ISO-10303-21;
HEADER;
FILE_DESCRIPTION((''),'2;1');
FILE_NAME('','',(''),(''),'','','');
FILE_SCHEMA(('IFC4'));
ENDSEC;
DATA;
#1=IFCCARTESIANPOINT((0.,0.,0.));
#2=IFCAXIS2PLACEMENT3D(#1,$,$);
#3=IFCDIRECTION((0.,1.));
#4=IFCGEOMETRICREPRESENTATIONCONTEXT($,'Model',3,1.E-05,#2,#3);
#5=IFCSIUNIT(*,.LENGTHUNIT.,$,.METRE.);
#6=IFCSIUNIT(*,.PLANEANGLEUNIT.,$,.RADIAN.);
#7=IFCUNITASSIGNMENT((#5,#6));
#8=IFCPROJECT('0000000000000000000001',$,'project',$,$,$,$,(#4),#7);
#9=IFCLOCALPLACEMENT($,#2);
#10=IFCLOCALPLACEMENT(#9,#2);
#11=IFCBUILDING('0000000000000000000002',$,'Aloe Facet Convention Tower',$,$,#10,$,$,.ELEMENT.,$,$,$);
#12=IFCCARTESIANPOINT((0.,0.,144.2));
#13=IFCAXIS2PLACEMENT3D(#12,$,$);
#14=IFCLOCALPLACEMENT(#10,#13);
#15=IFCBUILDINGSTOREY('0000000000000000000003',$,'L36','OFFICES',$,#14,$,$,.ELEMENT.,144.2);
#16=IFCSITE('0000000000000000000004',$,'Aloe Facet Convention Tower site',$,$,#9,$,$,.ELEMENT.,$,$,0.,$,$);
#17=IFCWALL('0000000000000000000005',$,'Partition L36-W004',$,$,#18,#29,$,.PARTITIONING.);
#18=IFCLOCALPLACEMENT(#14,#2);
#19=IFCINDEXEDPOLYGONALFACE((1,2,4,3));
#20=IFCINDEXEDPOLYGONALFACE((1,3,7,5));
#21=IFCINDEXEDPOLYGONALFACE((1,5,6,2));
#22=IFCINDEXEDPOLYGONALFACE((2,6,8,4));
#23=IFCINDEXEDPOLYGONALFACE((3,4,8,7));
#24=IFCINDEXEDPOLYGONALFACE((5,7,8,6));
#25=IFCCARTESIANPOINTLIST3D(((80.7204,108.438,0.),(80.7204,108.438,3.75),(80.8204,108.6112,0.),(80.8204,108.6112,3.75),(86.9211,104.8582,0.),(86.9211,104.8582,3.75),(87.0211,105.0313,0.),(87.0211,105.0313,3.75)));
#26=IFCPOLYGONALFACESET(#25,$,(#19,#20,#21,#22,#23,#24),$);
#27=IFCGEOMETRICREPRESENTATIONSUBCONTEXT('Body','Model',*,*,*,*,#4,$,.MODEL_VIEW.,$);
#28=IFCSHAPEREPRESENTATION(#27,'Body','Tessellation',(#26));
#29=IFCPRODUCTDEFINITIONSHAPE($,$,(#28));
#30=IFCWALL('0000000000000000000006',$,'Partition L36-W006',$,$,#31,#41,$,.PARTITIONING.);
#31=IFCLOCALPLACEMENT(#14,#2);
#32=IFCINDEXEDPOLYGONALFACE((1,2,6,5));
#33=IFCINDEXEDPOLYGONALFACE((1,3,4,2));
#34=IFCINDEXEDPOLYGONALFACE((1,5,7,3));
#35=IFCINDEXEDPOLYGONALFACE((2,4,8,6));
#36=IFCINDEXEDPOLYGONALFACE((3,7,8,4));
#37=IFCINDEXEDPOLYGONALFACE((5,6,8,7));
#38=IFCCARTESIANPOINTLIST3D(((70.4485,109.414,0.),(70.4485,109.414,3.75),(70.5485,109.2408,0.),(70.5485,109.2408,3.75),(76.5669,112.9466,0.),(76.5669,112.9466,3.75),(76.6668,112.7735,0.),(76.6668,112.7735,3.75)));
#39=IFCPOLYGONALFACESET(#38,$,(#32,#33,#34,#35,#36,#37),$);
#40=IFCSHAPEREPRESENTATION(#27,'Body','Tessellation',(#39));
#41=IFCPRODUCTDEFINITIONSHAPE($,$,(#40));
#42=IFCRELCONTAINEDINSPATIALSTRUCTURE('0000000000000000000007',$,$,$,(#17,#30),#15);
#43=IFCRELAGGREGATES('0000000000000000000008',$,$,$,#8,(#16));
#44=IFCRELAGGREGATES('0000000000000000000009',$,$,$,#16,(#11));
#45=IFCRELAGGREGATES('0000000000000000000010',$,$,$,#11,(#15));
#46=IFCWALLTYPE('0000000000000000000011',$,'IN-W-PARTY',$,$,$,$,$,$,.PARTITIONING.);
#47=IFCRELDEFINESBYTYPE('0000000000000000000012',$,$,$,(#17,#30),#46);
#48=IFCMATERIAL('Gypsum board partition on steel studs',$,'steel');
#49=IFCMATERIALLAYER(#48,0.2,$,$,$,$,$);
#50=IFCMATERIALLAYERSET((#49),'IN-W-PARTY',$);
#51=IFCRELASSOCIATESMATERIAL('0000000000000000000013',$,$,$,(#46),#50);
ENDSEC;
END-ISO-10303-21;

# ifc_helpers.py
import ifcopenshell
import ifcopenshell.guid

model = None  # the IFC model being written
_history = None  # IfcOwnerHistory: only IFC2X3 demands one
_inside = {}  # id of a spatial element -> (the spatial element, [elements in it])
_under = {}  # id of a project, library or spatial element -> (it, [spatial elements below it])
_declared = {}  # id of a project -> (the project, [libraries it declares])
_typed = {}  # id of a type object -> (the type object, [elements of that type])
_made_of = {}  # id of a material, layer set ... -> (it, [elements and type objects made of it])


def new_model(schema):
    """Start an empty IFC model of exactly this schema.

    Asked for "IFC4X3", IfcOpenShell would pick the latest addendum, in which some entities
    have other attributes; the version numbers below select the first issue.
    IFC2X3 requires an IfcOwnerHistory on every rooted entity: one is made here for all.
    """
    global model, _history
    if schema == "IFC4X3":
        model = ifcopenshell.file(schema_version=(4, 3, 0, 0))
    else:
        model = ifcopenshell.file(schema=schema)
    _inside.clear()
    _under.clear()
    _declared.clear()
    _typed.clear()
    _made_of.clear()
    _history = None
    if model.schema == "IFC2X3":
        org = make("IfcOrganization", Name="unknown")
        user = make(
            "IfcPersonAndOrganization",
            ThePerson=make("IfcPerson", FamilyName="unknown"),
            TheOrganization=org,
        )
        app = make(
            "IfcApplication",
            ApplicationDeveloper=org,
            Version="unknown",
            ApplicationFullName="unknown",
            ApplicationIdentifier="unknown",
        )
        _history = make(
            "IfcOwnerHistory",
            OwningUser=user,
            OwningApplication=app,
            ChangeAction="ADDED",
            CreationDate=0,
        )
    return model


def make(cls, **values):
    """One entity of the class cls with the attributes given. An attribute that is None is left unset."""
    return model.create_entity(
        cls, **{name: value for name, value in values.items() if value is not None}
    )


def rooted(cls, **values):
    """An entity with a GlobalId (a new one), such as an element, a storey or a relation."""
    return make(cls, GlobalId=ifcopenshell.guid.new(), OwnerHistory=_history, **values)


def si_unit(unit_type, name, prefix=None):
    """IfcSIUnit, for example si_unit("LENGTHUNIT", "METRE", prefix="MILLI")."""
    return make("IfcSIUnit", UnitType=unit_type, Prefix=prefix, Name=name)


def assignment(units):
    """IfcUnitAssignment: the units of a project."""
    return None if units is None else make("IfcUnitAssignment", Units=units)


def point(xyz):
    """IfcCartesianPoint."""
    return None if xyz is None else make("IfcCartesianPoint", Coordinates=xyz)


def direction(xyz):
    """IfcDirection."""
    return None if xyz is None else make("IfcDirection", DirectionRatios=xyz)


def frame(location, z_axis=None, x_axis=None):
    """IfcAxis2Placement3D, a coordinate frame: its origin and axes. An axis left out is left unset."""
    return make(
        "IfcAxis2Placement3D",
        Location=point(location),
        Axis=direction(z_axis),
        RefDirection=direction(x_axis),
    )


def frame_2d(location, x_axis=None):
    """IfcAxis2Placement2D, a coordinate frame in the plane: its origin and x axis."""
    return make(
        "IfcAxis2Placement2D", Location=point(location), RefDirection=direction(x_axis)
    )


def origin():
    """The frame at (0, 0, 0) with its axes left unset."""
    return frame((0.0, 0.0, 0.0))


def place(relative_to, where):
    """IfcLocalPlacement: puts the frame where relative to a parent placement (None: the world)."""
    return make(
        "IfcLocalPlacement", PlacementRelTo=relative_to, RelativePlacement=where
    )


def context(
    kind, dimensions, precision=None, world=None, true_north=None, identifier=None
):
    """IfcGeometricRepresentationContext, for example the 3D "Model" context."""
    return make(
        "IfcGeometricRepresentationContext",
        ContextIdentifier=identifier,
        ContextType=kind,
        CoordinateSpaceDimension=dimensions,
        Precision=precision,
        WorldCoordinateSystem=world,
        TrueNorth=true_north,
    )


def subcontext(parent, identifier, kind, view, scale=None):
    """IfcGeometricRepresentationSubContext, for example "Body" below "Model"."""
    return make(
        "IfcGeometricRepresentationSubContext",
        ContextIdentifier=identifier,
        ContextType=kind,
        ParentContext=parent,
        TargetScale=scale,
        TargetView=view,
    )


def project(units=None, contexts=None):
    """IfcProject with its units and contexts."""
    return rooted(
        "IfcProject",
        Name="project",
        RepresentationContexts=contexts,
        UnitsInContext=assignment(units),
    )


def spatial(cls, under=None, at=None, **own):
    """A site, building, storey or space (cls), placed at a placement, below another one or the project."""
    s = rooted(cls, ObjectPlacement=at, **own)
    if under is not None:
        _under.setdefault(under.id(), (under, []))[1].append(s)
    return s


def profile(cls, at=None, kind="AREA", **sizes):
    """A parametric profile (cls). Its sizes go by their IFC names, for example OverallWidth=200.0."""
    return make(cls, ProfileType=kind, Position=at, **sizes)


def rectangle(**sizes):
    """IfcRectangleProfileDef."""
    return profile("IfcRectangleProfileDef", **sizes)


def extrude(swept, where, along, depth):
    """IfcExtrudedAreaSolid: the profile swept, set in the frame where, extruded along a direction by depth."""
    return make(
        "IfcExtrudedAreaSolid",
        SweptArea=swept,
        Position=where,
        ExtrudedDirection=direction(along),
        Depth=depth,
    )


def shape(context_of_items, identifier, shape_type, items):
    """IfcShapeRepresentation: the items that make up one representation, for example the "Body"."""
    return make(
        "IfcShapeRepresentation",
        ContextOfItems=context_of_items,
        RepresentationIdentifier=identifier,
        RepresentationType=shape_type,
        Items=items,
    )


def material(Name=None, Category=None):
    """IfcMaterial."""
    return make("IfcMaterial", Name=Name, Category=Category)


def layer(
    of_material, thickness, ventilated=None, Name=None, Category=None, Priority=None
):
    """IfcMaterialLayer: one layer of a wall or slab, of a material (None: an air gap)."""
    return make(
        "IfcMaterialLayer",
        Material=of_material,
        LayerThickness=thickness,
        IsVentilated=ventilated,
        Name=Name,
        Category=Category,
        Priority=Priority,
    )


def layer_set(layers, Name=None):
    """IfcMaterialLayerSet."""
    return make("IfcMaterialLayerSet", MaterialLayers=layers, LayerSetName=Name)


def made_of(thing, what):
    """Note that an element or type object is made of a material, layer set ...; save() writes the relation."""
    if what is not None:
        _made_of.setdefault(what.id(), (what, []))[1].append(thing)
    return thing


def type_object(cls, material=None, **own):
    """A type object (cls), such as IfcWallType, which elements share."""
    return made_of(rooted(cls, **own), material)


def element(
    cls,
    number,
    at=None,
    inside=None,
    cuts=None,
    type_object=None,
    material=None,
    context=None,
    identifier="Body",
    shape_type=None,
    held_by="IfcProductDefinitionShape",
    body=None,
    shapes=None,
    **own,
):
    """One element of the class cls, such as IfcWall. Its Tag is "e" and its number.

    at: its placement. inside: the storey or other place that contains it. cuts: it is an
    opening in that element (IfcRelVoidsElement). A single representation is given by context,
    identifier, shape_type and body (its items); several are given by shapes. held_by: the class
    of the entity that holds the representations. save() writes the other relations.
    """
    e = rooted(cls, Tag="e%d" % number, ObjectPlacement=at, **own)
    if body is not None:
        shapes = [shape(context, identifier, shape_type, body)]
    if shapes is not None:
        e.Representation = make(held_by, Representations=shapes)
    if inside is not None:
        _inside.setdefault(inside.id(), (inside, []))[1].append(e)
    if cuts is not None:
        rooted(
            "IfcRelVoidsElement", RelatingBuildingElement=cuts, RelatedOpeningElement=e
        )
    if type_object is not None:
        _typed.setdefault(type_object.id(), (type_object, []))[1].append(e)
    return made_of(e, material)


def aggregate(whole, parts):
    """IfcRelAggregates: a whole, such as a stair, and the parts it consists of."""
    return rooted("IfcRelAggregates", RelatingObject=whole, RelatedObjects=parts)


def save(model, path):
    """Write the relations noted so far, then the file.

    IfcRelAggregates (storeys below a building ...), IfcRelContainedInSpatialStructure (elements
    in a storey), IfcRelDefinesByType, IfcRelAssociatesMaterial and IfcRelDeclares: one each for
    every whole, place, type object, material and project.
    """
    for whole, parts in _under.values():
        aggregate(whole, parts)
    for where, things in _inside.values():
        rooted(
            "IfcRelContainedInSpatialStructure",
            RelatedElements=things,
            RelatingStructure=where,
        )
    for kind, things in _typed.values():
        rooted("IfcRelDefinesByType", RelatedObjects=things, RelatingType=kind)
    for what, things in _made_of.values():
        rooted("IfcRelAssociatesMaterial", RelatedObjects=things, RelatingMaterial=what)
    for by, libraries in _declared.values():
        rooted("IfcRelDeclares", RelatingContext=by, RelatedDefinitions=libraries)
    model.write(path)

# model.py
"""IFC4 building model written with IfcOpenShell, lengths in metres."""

from ifc_helpers import new_model, si_unit, direction, frame, frame_2d, origin, place, context, subcontext, project, spatial, rectangle, extrude, material, layer, layer_set, type_object, element, save


model = new_model("IFC4")

# Units and contexts
model_context = context("Model", 3, precision=1e-05, world=origin(), true_north=direction((0.0, 1.0)))
body_context = subcontext(model_context, "Body", "Model", "MODEL_VIEW")
ifc_project = project(units=[si_unit("LENGTHUNIT", "METRE"), si_unit("PLANEANGLEUNIT", "RADIAN")], contexts=[model_context])

# Site, building, storey
site_placement = place(None, origin())
site = spatial("IfcSite", under=ifc_project, at=site_placement, Name="Aloe Facet Convention Tower site", CompositionType="ELEMENT", RefElevation=0.0)
building_placement = place(site_placement, origin())
building = spatial("IfcBuilding", under=site, at=building_placement, Name="Aloe Facet Convention Tower", CompositionType="ELEMENT")
storey_placement = place(building_placement, frame((0.0, 0.0, 144.2)))
storey = spatial("IfcBuildingStorey", under=building, at=storey_placement, Name="L36", Description="OFFICES", CompositionType="ELEMENT", Elevation=144.2)

# Walls
ifc_material_1 = material(Name="Gypsum board partition on steel studs", Category="steel")
ifc_layer_1 = layer(ifc_material_1, 0.2)
ifc_layer_set_1 = layer_set([ifc_layer_1], Name="IN-W-PARTY")
wall_type_1 = type_object("IfcWallType", Name="IN-W-PARTY", PredefinedType="PARTITIONING", material=ifc_layer_set_1)
wall_1_placement = place(storey_placement, frame((80.7703, 108.5247, 0.0), z_axis=(0.0, 0.0, 1.0), x_axis=(0.866033, -0.499986, 0.0)))
element("IfcWall", 1, at=wall_1_placement, inside=storey, type_object=wall_type_1, Name="Partition L36-W004", PredefinedType="PARTITIONING", context=body_context, shape_type="SweptSolid", body=[
    extrude(rectangle(XDim=7.1599, YDim=0.2, at=frame_2d((3.5801, 0.0))), origin(), (0.0, 0.0, 1.0), 3.75),
])
wall_2_placement = place(storey_placement, frame((70.4985, 109.3274, 0.0), z_axis=(0.0, 0.0, 1.0), x_axis=(0.86601, 0.500027, 0.0)))
element("IfcWall", 2, at=wall_2_placement, inside=storey, type_object=wall_type_1, Name="Partition L36-W006", PredefinedType="PARTITIONING", context=body_context, shape_type="SweptSolid", body=[
    extrude(rectangle(XDim=7.0649, YDim=0.2, at=frame_2d((3.5325, 0.0))), origin(), (0.0, 0.0, 1.0), 3.75),
])

save(model, "model.ifc")
